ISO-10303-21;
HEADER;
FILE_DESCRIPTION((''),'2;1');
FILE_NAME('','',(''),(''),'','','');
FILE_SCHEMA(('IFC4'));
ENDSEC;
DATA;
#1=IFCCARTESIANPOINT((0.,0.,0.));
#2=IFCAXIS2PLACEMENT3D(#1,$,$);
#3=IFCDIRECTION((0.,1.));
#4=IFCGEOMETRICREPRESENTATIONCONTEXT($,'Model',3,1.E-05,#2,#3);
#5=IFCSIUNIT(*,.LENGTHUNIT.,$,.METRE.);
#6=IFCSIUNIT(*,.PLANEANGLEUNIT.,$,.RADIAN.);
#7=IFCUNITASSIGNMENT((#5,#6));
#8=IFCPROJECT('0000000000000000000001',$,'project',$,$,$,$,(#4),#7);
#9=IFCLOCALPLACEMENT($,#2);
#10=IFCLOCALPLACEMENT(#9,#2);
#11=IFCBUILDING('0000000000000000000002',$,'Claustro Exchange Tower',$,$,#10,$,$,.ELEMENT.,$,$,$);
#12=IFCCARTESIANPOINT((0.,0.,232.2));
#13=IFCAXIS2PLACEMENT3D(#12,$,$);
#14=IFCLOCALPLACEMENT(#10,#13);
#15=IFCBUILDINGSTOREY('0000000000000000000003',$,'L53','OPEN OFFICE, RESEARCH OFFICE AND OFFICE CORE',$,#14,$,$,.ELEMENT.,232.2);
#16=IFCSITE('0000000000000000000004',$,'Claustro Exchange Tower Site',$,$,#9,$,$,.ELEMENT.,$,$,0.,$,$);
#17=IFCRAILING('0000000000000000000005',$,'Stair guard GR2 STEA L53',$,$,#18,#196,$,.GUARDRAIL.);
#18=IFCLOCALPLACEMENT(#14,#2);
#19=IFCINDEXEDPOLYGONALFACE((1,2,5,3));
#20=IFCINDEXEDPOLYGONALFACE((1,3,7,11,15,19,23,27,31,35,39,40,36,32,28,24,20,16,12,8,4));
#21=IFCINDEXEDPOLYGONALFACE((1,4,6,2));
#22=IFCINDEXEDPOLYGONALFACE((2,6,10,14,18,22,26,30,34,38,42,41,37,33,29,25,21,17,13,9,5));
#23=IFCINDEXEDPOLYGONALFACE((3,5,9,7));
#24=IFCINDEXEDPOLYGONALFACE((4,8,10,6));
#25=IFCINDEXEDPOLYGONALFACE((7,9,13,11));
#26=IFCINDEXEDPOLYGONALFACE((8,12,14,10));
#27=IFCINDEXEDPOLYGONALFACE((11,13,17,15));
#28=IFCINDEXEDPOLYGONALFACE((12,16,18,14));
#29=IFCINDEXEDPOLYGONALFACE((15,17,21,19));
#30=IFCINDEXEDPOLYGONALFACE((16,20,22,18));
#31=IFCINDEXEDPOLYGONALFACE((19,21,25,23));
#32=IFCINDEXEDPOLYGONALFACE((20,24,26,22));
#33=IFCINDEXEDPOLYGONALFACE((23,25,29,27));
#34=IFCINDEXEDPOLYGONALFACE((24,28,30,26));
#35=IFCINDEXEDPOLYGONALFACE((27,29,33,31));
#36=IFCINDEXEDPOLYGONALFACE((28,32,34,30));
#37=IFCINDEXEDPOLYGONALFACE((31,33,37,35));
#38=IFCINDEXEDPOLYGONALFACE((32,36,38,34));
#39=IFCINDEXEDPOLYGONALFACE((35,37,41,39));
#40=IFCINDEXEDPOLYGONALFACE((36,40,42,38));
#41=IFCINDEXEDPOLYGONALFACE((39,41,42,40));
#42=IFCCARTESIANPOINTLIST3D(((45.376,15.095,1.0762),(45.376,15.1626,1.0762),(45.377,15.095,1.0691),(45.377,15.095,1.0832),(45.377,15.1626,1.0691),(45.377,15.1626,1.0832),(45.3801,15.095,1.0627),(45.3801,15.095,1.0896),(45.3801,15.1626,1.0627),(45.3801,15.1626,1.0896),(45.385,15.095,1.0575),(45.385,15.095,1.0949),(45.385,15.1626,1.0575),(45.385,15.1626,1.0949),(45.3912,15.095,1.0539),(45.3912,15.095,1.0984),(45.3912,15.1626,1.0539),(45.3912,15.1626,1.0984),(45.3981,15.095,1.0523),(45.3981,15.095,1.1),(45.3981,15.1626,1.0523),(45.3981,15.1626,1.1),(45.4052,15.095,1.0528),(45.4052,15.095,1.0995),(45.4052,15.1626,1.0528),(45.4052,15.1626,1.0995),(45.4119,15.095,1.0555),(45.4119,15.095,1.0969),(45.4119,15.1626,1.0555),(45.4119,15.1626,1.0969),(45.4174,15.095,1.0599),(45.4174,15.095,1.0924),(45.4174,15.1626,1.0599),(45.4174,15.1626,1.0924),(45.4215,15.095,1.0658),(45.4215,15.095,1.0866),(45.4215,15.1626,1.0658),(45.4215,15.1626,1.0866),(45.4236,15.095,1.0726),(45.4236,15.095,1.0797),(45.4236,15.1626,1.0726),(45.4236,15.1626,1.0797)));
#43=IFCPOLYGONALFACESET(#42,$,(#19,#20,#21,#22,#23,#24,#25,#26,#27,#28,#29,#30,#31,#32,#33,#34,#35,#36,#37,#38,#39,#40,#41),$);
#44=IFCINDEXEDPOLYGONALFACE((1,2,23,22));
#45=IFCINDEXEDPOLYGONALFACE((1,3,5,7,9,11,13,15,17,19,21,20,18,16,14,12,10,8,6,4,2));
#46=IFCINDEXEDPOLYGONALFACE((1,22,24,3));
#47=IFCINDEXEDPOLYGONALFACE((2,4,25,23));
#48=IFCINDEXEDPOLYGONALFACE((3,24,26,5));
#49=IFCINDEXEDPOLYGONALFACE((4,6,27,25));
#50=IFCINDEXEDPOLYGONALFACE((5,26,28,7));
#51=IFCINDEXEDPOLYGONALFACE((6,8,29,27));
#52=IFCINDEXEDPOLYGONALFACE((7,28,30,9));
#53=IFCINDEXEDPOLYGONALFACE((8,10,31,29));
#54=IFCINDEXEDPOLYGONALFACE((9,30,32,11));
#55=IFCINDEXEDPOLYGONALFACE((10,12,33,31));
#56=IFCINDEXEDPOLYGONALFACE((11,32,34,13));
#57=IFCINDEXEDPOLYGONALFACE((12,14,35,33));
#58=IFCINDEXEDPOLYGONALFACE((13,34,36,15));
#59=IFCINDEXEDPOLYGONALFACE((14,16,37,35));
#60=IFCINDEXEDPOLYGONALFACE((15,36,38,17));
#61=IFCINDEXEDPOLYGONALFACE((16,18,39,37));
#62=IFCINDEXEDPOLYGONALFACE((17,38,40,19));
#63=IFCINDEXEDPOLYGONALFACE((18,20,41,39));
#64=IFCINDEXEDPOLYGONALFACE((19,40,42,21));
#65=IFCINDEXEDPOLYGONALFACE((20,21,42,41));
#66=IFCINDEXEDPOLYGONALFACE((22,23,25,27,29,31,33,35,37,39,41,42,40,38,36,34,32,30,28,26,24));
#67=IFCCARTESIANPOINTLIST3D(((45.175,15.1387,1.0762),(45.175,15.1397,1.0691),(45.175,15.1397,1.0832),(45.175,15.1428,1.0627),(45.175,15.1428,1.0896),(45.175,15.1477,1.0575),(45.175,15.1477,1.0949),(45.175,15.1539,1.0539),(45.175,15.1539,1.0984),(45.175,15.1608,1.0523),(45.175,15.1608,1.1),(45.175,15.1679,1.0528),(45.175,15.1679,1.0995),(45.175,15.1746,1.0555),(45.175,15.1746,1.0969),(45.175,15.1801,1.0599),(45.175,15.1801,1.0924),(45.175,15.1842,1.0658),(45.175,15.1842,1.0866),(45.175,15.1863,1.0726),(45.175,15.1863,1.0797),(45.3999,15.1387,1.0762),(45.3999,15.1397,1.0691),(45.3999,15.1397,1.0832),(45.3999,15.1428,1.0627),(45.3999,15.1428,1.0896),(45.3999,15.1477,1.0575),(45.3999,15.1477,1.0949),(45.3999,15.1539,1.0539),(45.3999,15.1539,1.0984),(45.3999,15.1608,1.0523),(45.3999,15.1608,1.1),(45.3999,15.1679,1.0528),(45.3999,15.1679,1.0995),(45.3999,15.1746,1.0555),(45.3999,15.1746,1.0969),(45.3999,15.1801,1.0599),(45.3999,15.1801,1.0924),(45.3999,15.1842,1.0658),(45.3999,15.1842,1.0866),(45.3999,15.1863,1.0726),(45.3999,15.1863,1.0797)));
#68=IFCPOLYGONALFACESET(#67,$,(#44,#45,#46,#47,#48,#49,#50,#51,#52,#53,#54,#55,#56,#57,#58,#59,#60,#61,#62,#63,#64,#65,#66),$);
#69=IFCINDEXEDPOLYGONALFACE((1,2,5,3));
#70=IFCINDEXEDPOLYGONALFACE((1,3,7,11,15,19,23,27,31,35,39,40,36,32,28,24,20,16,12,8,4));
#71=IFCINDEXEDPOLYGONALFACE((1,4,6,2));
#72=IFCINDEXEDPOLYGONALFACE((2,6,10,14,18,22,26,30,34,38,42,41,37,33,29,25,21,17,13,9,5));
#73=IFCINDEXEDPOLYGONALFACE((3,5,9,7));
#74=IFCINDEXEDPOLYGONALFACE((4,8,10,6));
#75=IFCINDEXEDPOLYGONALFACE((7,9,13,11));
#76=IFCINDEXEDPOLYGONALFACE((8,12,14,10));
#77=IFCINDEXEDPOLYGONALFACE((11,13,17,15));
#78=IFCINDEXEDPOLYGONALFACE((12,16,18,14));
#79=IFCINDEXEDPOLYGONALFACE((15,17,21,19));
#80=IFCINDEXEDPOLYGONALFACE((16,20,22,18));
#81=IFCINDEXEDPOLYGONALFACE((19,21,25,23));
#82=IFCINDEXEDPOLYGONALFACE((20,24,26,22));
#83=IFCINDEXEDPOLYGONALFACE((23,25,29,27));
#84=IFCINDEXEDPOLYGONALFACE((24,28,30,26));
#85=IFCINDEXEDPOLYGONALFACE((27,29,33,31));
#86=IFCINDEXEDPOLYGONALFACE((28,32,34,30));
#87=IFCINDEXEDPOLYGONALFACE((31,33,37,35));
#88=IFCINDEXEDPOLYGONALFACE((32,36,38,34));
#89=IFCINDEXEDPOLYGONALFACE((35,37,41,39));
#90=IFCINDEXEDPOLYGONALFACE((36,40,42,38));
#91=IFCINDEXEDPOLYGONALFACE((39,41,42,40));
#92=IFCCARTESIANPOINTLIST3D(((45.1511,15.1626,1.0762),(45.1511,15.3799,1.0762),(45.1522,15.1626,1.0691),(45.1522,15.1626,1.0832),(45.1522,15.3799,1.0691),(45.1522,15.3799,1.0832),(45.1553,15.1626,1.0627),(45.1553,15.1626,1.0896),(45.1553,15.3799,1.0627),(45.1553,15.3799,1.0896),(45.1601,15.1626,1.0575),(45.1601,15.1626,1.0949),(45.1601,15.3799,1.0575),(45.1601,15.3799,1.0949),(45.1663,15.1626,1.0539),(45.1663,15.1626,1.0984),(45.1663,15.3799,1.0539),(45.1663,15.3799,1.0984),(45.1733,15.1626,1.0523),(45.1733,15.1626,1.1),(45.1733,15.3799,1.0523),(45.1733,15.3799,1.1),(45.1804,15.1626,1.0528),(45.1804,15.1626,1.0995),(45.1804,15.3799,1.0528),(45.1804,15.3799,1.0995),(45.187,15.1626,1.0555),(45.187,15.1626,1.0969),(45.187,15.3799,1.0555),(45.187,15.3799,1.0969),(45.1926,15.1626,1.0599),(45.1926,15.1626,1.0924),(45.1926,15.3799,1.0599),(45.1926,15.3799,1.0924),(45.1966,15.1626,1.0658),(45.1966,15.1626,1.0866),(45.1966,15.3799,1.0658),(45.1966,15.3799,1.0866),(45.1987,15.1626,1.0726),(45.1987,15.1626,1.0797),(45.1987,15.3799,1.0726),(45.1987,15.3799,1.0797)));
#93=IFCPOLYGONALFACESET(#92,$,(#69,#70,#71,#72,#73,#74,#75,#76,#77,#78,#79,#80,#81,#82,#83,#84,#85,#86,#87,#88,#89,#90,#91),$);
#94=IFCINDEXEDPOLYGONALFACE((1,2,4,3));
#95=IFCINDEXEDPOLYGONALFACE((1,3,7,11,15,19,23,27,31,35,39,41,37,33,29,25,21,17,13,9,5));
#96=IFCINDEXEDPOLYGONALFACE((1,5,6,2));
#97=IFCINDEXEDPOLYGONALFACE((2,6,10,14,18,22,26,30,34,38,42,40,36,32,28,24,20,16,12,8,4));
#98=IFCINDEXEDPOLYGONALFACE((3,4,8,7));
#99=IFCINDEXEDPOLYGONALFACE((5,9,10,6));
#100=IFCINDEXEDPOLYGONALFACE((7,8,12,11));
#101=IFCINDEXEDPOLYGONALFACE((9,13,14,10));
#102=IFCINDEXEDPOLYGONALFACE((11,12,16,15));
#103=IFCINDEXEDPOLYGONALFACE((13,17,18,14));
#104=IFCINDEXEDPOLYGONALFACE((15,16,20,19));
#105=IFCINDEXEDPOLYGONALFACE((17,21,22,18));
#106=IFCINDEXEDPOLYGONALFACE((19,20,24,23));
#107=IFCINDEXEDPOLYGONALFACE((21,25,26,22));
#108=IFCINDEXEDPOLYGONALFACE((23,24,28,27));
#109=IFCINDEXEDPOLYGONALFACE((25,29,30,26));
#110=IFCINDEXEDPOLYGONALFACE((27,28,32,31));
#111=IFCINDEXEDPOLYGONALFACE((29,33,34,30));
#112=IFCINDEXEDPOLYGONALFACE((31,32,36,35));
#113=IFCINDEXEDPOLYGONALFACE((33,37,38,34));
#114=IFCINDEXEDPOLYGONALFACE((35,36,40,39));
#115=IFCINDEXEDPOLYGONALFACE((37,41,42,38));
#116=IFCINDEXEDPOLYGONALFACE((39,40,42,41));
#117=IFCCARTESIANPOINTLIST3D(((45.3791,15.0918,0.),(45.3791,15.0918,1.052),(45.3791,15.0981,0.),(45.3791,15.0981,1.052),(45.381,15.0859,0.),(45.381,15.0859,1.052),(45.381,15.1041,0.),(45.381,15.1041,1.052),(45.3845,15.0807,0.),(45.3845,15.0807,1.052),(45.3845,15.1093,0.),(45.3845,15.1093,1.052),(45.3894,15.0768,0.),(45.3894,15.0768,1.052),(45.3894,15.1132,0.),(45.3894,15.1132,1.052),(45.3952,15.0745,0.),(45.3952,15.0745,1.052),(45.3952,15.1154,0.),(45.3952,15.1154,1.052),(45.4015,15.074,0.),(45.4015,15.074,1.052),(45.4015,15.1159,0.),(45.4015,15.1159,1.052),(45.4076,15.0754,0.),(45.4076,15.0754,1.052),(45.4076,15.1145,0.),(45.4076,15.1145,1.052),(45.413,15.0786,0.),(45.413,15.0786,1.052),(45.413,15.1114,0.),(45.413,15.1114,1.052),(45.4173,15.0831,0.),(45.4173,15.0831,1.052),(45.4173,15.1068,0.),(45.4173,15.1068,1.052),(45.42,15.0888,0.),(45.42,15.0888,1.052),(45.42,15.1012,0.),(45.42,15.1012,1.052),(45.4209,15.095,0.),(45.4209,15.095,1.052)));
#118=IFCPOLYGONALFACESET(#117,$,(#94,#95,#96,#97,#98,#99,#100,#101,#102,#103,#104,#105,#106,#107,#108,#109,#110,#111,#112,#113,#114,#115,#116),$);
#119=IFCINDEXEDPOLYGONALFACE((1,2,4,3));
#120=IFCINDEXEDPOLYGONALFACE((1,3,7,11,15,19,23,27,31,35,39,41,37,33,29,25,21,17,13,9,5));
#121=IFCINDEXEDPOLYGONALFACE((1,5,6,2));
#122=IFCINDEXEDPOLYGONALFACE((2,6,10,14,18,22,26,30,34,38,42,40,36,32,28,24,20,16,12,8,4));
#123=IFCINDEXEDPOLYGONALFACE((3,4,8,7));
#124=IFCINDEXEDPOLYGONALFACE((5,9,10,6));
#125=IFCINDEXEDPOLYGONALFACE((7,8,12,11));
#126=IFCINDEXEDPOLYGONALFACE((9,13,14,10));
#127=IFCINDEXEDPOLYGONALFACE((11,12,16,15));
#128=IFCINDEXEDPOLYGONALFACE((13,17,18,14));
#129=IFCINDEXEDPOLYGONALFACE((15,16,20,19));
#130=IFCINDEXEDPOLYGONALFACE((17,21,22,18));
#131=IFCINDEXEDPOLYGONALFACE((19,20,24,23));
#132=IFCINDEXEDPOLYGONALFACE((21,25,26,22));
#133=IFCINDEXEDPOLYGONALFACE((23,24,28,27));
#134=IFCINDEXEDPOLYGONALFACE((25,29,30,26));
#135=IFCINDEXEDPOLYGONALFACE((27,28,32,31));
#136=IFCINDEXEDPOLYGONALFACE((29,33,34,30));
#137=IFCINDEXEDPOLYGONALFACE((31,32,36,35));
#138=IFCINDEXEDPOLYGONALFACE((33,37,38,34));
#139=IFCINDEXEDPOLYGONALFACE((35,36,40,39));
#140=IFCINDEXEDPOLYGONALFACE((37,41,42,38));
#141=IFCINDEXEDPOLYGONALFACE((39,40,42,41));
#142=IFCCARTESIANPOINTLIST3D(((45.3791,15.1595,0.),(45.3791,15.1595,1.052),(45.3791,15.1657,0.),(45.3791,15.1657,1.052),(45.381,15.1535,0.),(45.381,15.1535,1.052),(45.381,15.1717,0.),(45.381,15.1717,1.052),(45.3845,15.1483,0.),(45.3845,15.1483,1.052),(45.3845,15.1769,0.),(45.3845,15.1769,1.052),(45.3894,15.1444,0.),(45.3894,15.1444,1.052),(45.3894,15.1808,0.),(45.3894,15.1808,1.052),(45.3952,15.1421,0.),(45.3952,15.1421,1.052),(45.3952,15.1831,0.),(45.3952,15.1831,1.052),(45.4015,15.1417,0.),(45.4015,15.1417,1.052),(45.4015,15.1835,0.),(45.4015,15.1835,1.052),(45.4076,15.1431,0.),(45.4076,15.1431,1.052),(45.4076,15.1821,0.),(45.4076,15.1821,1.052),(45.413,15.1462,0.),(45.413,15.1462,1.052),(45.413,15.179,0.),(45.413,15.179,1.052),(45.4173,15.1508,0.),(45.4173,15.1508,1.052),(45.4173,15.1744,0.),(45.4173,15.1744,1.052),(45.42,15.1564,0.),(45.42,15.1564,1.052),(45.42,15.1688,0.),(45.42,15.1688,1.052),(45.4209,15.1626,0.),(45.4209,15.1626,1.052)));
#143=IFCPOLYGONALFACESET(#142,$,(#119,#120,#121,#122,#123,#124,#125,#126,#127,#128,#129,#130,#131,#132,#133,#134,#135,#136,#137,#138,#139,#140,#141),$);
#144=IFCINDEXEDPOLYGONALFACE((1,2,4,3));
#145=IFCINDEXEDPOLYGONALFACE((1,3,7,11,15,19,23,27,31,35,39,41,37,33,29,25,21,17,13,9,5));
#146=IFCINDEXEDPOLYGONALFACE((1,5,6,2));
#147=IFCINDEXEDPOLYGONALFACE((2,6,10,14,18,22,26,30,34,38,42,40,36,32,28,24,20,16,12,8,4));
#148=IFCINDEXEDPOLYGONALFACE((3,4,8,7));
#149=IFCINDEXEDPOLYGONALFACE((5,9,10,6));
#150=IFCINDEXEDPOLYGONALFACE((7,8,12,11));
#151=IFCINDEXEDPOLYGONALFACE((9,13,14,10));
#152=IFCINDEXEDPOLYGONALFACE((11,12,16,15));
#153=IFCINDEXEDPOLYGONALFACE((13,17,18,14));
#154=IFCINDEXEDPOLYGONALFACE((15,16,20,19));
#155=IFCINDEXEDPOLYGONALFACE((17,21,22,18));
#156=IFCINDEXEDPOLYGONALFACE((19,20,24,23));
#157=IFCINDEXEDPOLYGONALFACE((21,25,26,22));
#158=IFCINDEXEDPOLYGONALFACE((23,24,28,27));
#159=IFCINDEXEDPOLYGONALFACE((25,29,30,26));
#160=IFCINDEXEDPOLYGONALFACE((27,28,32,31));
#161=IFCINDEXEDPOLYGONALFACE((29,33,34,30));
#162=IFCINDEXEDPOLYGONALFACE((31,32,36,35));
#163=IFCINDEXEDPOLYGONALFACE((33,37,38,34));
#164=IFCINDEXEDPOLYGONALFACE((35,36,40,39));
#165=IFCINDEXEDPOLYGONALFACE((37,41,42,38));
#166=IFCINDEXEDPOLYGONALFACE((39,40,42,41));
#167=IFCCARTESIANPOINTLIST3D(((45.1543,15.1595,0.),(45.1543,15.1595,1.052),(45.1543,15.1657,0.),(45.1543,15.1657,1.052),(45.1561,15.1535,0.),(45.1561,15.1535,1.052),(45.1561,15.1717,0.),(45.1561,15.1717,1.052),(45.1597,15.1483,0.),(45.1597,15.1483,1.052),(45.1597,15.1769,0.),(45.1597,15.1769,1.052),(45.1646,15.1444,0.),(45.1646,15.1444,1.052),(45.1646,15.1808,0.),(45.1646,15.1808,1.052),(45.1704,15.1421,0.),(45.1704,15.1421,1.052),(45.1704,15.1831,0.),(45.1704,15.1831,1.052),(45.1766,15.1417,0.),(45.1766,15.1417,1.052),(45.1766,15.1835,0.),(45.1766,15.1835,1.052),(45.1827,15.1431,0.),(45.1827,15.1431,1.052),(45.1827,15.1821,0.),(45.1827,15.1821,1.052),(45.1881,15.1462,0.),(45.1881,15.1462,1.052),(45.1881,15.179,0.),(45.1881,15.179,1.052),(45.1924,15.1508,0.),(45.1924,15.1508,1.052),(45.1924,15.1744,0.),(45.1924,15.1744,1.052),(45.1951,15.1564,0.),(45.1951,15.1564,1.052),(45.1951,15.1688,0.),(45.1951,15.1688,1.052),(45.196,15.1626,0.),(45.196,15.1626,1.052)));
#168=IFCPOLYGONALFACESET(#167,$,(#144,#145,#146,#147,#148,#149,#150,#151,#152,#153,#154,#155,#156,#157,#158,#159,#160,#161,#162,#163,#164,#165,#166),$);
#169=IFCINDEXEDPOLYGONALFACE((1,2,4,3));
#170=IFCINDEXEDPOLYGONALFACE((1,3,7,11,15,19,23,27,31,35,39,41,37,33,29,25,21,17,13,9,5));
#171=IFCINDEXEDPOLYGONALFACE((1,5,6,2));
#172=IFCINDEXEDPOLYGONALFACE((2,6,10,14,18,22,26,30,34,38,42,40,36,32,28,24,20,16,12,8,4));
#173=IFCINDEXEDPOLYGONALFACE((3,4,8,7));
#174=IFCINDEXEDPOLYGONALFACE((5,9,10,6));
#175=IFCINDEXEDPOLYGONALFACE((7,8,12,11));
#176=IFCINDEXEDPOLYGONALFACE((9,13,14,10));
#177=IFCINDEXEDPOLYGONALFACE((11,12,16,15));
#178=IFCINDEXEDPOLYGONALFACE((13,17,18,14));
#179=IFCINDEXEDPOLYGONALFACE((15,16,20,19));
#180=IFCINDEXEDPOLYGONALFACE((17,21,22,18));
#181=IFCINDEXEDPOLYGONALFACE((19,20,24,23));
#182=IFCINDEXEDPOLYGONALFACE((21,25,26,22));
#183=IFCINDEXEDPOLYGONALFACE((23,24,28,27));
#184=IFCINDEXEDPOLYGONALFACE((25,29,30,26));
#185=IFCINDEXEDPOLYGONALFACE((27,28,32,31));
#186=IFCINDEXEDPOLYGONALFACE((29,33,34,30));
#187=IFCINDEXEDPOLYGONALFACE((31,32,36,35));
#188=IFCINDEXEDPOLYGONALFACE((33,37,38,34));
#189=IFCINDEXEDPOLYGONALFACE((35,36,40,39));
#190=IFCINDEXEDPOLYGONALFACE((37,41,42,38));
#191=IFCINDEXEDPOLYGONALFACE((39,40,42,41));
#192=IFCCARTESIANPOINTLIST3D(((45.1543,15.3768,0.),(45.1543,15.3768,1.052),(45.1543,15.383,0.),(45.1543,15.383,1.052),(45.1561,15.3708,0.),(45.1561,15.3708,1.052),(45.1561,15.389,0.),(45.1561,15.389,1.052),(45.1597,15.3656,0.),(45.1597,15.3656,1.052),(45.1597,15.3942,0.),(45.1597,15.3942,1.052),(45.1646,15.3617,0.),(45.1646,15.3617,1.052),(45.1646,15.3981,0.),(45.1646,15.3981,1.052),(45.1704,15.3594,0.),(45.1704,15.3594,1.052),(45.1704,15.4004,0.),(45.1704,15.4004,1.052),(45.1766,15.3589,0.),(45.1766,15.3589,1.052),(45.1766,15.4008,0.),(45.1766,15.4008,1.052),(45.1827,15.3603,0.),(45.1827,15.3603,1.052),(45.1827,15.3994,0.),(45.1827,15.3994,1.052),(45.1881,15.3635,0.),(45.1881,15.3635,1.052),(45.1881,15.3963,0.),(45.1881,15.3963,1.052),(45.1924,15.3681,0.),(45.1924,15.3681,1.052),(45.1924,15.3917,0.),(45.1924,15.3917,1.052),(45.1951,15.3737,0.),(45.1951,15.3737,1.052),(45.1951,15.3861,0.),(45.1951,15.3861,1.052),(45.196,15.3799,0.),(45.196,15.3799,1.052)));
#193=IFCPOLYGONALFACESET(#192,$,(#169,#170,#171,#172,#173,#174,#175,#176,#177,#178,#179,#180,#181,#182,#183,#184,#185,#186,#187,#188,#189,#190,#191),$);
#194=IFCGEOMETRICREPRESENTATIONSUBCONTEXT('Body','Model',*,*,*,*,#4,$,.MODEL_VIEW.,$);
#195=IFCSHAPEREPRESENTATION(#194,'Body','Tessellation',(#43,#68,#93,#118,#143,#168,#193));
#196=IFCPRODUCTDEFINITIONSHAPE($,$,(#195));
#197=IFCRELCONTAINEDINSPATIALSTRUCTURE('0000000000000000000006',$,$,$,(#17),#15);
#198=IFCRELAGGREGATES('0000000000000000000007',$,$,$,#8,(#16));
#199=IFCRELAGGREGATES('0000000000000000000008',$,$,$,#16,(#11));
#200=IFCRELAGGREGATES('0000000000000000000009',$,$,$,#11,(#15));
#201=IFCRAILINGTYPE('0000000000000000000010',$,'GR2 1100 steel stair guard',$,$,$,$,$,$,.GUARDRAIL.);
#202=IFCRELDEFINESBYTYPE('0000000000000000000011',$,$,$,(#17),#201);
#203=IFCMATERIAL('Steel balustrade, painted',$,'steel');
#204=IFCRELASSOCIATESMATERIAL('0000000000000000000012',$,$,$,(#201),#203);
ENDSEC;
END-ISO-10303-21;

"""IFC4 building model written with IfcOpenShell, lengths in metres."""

from ifc_helpers import new_model, si_unit, direction, frame, origin, origin_2d, place, context, subcontext, project, spatial, circle, extrude, material, type_object, element, save


model = new_model("IFC4")

# Units and contexts
model_context = context("Model", 3, precision=1e-05, world=origin(), true_north=direction((0.0, 1.0)))
body_context = subcontext(model_context, "Body", "Model", "MODEL_VIEW")
ifc_project = project(units=[si_unit("LENGTHUNIT", "METRE"), si_unit("PLANEANGLEUNIT", "RADIAN")], contexts=[model_context])

# Site, building, storey
site_placement = place(None, origin())
site = spatial("IfcSite", under=ifc_project, at=site_placement, Name="Claustro Exchange Tower Site", CompositionType="ELEMENT", RefElevation=0.0)
building_placement = place(site_placement, origin())
building = spatial("IfcBuilding", under=site, at=building_placement, Name="Claustro Exchange Tower", CompositionType="ELEMENT")
storey_placement = place(building_placement, frame((0.0, 0.0, 232.2)))
storey = spatial("IfcBuildingStorey", under=building, at=storey_placement, Name="L53", Description="OPEN OFFICE, RESEARCH OFFICE AND OFFICE CORE", CompositionType="ELEMENT", Elevation=232.2)

# Railing
ifc_material_1 = material(Name="Steel balustrade, painted", Category="steel")
railing_type_1 = type_object("IfcRailingType", Name="GR2 1100 steel stair guard", PredefinedType="GUARDRAIL", material=ifc_material_1)
railing_1_placement = place(storey_placement, frame((45.3999, 15.095, 0.0)))
element("IfcRailing", 1, at=railing_1_placement, inside=storey, type_object=railing_type_1, Name="Stair guard GR2 STEA L53", PredefinedType="GUARDRAIL", context=body_context, shape_type="SweptSolid", body=[
    extrude(circle(Radius=0.0239, at=origin_2d()), frame((0.0, 0.0, 1.0762), z_axis=(0.0, 1.0, 0.0), x_axis=(-1.0, 0.0, 0.0)), (0.0, 0.0, 1.0), 0.0676),
    extrude(circle(Radius=0.0239, at=origin_2d()), frame((0.0, 0.0676, 1.0762), z_axis=(-1.0, 0.0, 0.0), x_axis=(0.0, -1.0, 0.0)), (0.0, 0.0, 1.0), 0.2249),
    extrude(circle(Radius=0.0239, at=origin_2d()), frame((-0.2249, 0.0676, 1.0762), z_axis=(0.0, 1.0, 0.0), x_axis=(-1.0, 0.0, 0.0)), (0.0, 0.0, 1.0), 0.2173),
    extrude(circle(Radius=0.021, at=origin_2d()), origin(), (0.0, 0.0, 1.0), 1.052),
    extrude(circle(Radius=0.021, at=origin_2d()), frame((0.0, 0.0676, 0.0)), (0.0, 0.0, 1.0), 1.052),
    extrude(circle(Radius=0.021, at=origin_2d()), frame((-0.2249, 0.0676, 0.0)), (0.0, 0.0, 1.0), 1.052),
    extrude(circle(Radius=0.021, at=origin_2d()), frame((-0.2249, 0.2849, 0.0)), (0.0, 0.0, 1.0), 1.052),
])

save(model, "model.ifc")
